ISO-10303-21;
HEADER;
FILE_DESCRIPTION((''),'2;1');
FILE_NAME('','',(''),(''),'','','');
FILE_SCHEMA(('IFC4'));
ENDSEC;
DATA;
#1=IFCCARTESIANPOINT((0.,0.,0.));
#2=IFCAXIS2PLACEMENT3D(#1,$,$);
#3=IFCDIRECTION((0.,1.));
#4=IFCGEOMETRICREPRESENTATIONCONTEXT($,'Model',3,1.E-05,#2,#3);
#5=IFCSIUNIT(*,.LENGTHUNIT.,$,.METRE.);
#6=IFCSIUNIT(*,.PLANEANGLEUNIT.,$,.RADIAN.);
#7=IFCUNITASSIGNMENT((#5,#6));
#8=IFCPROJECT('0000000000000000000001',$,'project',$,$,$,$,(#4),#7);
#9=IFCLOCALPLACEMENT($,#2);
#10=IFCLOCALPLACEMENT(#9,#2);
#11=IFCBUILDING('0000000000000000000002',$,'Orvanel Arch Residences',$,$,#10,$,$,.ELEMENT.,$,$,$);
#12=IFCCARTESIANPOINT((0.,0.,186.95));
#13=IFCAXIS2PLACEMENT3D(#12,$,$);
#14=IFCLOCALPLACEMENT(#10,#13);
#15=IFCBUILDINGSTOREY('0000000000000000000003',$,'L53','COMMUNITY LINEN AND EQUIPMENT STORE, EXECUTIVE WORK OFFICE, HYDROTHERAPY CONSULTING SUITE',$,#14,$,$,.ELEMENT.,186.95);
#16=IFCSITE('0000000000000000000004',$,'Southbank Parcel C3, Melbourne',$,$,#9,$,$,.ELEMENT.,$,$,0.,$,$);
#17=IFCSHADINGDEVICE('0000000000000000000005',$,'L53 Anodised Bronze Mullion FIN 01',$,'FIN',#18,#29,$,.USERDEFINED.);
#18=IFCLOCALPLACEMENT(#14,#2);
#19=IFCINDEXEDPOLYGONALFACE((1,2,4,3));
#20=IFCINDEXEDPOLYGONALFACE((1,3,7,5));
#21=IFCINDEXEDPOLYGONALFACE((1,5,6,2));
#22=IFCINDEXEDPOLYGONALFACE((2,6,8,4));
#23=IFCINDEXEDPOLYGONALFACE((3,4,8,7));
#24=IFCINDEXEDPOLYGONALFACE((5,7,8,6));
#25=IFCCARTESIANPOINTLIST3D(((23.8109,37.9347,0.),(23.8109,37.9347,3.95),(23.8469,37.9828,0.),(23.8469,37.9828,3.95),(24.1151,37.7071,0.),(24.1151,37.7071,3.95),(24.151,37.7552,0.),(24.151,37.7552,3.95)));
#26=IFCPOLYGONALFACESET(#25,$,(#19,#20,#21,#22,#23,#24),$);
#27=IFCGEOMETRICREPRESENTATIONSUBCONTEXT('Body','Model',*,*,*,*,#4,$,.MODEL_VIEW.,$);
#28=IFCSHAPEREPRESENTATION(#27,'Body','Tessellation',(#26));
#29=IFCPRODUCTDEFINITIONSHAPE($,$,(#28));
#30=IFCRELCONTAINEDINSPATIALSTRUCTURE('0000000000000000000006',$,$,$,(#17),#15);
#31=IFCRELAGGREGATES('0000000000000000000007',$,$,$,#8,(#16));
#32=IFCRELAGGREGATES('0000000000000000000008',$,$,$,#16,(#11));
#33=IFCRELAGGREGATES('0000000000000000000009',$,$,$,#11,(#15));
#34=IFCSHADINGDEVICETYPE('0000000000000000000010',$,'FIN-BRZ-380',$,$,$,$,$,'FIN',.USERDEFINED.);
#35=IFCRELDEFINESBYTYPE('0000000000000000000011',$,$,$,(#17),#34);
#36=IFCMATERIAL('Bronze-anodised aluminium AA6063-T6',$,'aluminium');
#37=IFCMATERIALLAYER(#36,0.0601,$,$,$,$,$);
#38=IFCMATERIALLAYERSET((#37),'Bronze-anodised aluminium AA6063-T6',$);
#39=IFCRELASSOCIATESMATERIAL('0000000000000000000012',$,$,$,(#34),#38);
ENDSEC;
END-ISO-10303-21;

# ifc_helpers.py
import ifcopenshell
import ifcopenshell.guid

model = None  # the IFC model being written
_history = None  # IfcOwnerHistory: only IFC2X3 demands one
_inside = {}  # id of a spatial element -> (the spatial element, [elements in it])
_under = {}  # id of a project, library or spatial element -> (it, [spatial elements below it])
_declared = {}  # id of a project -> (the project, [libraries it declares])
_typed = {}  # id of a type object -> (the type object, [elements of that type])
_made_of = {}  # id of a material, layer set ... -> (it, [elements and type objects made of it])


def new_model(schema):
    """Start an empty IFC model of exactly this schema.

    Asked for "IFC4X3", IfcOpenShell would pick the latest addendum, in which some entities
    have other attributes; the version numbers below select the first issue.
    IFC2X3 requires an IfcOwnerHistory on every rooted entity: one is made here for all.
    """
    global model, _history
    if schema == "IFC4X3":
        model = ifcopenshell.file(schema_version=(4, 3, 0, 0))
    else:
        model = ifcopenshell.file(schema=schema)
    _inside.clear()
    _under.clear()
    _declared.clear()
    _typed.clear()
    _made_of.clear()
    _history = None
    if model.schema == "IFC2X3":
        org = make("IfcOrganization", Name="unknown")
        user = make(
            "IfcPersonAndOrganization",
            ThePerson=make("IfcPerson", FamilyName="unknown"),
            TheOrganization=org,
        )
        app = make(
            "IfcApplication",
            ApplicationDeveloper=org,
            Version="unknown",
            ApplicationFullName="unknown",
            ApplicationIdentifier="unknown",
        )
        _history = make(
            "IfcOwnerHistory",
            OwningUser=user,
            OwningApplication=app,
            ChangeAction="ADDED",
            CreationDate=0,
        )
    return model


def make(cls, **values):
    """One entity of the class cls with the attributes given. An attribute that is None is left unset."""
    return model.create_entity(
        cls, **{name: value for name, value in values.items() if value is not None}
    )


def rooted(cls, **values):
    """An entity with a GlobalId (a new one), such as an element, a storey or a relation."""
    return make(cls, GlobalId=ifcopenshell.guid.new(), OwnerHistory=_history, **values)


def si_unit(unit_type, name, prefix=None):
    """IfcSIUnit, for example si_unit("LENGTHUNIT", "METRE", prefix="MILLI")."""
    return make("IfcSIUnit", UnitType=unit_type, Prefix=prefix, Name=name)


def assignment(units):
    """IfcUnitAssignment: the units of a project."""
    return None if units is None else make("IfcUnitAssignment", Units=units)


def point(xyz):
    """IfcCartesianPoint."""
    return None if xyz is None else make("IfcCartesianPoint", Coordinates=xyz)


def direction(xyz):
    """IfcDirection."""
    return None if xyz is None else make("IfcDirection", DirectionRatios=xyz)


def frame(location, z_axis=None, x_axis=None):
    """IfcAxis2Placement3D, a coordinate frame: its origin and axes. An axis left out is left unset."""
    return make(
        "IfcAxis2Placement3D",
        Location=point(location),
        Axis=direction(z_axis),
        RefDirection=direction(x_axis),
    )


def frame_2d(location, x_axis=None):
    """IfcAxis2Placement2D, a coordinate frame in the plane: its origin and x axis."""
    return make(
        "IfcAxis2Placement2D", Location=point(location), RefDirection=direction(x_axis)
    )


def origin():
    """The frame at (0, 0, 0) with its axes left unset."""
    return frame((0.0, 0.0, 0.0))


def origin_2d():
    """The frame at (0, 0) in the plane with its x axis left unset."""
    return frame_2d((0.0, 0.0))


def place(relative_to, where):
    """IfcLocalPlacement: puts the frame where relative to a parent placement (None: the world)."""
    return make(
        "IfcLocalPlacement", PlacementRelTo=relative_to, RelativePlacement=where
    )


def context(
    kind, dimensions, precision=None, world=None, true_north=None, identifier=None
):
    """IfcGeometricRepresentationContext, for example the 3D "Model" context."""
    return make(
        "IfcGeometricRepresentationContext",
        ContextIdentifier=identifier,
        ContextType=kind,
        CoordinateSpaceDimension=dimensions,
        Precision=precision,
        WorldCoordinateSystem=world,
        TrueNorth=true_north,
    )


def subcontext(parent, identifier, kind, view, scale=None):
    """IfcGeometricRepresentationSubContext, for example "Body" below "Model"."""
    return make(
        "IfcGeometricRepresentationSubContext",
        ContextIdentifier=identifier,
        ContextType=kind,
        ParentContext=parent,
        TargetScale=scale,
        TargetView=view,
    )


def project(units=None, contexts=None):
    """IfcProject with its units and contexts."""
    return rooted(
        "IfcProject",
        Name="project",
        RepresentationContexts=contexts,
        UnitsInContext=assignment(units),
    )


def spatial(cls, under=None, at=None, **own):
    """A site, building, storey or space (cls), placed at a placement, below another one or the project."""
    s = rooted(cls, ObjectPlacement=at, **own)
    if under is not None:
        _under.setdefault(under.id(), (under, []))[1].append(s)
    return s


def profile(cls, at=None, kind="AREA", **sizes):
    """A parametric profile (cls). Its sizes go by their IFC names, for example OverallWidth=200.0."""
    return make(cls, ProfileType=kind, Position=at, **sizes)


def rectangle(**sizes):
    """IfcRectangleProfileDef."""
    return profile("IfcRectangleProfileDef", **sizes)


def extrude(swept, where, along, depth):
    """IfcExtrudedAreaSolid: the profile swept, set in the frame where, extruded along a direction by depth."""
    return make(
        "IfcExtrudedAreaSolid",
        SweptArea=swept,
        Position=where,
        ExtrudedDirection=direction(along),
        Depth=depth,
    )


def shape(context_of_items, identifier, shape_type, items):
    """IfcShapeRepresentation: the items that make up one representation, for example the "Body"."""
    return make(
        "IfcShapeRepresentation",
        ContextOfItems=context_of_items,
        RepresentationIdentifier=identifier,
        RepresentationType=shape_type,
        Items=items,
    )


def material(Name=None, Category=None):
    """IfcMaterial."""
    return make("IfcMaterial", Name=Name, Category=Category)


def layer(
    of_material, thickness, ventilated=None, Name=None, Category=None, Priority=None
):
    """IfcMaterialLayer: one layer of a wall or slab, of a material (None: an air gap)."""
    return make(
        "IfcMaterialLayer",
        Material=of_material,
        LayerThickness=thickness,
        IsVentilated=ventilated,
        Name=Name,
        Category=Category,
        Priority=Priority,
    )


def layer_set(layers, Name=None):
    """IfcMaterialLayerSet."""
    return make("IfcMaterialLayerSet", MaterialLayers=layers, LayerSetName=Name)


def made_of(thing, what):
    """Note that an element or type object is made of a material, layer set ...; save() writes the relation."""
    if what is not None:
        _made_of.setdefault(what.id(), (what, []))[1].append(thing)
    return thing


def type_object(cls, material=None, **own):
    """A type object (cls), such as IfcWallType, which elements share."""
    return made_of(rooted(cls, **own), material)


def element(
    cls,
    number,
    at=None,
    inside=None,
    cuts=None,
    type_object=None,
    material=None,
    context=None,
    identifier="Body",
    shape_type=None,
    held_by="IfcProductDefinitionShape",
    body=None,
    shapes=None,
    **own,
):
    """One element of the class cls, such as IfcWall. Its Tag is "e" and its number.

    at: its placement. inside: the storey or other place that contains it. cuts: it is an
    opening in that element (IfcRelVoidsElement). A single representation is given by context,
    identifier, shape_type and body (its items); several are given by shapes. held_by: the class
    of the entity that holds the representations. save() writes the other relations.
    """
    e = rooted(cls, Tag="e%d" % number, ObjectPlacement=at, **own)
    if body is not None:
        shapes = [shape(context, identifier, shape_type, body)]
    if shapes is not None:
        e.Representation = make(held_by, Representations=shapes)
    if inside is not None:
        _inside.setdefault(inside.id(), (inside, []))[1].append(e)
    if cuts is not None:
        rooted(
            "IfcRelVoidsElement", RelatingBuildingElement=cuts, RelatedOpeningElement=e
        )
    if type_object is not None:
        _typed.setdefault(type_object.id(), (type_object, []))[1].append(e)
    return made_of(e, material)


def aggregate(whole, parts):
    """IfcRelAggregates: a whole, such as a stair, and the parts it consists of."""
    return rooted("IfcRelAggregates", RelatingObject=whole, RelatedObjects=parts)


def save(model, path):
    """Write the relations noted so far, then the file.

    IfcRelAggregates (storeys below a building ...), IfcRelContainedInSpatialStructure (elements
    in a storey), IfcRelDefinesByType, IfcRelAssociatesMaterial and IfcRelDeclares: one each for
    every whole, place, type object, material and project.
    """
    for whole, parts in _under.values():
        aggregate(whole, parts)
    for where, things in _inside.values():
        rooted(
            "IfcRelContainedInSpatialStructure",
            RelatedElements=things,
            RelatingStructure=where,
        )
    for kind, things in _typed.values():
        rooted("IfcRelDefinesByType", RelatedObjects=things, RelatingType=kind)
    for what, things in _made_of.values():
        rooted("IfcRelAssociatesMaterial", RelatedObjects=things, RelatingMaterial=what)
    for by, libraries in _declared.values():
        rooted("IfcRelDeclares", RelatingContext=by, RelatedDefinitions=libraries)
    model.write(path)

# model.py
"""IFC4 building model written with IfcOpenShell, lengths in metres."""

from ifc_helpers import new_model, si_unit, direction, frame, origin, origin_2d, place, context, subcontext, project, spatial, rectangle, extrude, material, layer, layer_set, type_object, element, save


model = new_model("IFC4")

# Units and contexts
model_context = context("Model", 3, precision=1e-05, world=origin(), true_north=direction((0.0, 1.0)))
body_context = subcontext(model_context, "Body", "Model", "MODEL_VIEW")
ifc_project = project(units=[si_unit("LENGTHUNIT", "METRE"), si_unit("PLANEANGLEUNIT", "RADIAN")], contexts=[model_context])

# Site, building, storey
site_placement = place(None, origin())
site = spatial("IfcSite", under=ifc_project, at=site_placement, Name="Southbank Parcel C3, Melbourne", CompositionType="ELEMENT", RefElevation=0.0)
building_placement = place(site_placement, origin())
building = spatial("IfcBuilding", under=site, at=building_placement, Name="Orvanel Arch Residences", CompositionType="ELEMENT")
storey_placement = place(building_placement, frame((0.0, 0.0, 186.95)))
storey = spatial("IfcBuildingStorey", under=building, at=storey_placement, Name="L53", Description="COMMUNITY LINEN AND EQUIPMENT STORE, EXECUTIVE WORK OFFICE, HYDROTHERAPY CONSULTING SUITE", CompositionType="ELEMENT", Elevation=186.95)

# Shared definitions
ifc_material_1 = material(Name="Bronze-anodised aluminium AA6063-T6", Category="aluminium")

# Shading device
ifc_layer_1 = layer(ifc_material_1, 0.0601)
ifc_layer_set_1 = layer_set([ifc_layer_1], Name="Bronze-anodised aluminium AA6063-T6")
shading_device_type = type_object("IfcShadingDeviceType", Name="FIN-BRZ-380", ElementType="FIN", PredefinedType="USERDEFINED", material=ifc_layer_set_1)
shading_device_placement = place(storey_placement, frame((23.981, 37.845, 0.0), z_axis=(0.0, 0.0, 1.0), x_axis=(-0.800731, 0.599024, 0.0)))
element("IfcShadingDevice", 1, at=shading_device_placement, inside=storey, type_object=shading_device_type, Name="L53 Anodised Bronze Mullion FIN 01", ObjectType="FIN", PredefinedType="USERDEFINED", context=body_context, shape_type="SweptSolid", body=[
    extrude(rectangle(XDim=0.3799, YDim=0.0601, at=origin_2d()), origin(), (0.0, 0.0, 1.0), 3.95),
])

save(model, "model.ifc")
